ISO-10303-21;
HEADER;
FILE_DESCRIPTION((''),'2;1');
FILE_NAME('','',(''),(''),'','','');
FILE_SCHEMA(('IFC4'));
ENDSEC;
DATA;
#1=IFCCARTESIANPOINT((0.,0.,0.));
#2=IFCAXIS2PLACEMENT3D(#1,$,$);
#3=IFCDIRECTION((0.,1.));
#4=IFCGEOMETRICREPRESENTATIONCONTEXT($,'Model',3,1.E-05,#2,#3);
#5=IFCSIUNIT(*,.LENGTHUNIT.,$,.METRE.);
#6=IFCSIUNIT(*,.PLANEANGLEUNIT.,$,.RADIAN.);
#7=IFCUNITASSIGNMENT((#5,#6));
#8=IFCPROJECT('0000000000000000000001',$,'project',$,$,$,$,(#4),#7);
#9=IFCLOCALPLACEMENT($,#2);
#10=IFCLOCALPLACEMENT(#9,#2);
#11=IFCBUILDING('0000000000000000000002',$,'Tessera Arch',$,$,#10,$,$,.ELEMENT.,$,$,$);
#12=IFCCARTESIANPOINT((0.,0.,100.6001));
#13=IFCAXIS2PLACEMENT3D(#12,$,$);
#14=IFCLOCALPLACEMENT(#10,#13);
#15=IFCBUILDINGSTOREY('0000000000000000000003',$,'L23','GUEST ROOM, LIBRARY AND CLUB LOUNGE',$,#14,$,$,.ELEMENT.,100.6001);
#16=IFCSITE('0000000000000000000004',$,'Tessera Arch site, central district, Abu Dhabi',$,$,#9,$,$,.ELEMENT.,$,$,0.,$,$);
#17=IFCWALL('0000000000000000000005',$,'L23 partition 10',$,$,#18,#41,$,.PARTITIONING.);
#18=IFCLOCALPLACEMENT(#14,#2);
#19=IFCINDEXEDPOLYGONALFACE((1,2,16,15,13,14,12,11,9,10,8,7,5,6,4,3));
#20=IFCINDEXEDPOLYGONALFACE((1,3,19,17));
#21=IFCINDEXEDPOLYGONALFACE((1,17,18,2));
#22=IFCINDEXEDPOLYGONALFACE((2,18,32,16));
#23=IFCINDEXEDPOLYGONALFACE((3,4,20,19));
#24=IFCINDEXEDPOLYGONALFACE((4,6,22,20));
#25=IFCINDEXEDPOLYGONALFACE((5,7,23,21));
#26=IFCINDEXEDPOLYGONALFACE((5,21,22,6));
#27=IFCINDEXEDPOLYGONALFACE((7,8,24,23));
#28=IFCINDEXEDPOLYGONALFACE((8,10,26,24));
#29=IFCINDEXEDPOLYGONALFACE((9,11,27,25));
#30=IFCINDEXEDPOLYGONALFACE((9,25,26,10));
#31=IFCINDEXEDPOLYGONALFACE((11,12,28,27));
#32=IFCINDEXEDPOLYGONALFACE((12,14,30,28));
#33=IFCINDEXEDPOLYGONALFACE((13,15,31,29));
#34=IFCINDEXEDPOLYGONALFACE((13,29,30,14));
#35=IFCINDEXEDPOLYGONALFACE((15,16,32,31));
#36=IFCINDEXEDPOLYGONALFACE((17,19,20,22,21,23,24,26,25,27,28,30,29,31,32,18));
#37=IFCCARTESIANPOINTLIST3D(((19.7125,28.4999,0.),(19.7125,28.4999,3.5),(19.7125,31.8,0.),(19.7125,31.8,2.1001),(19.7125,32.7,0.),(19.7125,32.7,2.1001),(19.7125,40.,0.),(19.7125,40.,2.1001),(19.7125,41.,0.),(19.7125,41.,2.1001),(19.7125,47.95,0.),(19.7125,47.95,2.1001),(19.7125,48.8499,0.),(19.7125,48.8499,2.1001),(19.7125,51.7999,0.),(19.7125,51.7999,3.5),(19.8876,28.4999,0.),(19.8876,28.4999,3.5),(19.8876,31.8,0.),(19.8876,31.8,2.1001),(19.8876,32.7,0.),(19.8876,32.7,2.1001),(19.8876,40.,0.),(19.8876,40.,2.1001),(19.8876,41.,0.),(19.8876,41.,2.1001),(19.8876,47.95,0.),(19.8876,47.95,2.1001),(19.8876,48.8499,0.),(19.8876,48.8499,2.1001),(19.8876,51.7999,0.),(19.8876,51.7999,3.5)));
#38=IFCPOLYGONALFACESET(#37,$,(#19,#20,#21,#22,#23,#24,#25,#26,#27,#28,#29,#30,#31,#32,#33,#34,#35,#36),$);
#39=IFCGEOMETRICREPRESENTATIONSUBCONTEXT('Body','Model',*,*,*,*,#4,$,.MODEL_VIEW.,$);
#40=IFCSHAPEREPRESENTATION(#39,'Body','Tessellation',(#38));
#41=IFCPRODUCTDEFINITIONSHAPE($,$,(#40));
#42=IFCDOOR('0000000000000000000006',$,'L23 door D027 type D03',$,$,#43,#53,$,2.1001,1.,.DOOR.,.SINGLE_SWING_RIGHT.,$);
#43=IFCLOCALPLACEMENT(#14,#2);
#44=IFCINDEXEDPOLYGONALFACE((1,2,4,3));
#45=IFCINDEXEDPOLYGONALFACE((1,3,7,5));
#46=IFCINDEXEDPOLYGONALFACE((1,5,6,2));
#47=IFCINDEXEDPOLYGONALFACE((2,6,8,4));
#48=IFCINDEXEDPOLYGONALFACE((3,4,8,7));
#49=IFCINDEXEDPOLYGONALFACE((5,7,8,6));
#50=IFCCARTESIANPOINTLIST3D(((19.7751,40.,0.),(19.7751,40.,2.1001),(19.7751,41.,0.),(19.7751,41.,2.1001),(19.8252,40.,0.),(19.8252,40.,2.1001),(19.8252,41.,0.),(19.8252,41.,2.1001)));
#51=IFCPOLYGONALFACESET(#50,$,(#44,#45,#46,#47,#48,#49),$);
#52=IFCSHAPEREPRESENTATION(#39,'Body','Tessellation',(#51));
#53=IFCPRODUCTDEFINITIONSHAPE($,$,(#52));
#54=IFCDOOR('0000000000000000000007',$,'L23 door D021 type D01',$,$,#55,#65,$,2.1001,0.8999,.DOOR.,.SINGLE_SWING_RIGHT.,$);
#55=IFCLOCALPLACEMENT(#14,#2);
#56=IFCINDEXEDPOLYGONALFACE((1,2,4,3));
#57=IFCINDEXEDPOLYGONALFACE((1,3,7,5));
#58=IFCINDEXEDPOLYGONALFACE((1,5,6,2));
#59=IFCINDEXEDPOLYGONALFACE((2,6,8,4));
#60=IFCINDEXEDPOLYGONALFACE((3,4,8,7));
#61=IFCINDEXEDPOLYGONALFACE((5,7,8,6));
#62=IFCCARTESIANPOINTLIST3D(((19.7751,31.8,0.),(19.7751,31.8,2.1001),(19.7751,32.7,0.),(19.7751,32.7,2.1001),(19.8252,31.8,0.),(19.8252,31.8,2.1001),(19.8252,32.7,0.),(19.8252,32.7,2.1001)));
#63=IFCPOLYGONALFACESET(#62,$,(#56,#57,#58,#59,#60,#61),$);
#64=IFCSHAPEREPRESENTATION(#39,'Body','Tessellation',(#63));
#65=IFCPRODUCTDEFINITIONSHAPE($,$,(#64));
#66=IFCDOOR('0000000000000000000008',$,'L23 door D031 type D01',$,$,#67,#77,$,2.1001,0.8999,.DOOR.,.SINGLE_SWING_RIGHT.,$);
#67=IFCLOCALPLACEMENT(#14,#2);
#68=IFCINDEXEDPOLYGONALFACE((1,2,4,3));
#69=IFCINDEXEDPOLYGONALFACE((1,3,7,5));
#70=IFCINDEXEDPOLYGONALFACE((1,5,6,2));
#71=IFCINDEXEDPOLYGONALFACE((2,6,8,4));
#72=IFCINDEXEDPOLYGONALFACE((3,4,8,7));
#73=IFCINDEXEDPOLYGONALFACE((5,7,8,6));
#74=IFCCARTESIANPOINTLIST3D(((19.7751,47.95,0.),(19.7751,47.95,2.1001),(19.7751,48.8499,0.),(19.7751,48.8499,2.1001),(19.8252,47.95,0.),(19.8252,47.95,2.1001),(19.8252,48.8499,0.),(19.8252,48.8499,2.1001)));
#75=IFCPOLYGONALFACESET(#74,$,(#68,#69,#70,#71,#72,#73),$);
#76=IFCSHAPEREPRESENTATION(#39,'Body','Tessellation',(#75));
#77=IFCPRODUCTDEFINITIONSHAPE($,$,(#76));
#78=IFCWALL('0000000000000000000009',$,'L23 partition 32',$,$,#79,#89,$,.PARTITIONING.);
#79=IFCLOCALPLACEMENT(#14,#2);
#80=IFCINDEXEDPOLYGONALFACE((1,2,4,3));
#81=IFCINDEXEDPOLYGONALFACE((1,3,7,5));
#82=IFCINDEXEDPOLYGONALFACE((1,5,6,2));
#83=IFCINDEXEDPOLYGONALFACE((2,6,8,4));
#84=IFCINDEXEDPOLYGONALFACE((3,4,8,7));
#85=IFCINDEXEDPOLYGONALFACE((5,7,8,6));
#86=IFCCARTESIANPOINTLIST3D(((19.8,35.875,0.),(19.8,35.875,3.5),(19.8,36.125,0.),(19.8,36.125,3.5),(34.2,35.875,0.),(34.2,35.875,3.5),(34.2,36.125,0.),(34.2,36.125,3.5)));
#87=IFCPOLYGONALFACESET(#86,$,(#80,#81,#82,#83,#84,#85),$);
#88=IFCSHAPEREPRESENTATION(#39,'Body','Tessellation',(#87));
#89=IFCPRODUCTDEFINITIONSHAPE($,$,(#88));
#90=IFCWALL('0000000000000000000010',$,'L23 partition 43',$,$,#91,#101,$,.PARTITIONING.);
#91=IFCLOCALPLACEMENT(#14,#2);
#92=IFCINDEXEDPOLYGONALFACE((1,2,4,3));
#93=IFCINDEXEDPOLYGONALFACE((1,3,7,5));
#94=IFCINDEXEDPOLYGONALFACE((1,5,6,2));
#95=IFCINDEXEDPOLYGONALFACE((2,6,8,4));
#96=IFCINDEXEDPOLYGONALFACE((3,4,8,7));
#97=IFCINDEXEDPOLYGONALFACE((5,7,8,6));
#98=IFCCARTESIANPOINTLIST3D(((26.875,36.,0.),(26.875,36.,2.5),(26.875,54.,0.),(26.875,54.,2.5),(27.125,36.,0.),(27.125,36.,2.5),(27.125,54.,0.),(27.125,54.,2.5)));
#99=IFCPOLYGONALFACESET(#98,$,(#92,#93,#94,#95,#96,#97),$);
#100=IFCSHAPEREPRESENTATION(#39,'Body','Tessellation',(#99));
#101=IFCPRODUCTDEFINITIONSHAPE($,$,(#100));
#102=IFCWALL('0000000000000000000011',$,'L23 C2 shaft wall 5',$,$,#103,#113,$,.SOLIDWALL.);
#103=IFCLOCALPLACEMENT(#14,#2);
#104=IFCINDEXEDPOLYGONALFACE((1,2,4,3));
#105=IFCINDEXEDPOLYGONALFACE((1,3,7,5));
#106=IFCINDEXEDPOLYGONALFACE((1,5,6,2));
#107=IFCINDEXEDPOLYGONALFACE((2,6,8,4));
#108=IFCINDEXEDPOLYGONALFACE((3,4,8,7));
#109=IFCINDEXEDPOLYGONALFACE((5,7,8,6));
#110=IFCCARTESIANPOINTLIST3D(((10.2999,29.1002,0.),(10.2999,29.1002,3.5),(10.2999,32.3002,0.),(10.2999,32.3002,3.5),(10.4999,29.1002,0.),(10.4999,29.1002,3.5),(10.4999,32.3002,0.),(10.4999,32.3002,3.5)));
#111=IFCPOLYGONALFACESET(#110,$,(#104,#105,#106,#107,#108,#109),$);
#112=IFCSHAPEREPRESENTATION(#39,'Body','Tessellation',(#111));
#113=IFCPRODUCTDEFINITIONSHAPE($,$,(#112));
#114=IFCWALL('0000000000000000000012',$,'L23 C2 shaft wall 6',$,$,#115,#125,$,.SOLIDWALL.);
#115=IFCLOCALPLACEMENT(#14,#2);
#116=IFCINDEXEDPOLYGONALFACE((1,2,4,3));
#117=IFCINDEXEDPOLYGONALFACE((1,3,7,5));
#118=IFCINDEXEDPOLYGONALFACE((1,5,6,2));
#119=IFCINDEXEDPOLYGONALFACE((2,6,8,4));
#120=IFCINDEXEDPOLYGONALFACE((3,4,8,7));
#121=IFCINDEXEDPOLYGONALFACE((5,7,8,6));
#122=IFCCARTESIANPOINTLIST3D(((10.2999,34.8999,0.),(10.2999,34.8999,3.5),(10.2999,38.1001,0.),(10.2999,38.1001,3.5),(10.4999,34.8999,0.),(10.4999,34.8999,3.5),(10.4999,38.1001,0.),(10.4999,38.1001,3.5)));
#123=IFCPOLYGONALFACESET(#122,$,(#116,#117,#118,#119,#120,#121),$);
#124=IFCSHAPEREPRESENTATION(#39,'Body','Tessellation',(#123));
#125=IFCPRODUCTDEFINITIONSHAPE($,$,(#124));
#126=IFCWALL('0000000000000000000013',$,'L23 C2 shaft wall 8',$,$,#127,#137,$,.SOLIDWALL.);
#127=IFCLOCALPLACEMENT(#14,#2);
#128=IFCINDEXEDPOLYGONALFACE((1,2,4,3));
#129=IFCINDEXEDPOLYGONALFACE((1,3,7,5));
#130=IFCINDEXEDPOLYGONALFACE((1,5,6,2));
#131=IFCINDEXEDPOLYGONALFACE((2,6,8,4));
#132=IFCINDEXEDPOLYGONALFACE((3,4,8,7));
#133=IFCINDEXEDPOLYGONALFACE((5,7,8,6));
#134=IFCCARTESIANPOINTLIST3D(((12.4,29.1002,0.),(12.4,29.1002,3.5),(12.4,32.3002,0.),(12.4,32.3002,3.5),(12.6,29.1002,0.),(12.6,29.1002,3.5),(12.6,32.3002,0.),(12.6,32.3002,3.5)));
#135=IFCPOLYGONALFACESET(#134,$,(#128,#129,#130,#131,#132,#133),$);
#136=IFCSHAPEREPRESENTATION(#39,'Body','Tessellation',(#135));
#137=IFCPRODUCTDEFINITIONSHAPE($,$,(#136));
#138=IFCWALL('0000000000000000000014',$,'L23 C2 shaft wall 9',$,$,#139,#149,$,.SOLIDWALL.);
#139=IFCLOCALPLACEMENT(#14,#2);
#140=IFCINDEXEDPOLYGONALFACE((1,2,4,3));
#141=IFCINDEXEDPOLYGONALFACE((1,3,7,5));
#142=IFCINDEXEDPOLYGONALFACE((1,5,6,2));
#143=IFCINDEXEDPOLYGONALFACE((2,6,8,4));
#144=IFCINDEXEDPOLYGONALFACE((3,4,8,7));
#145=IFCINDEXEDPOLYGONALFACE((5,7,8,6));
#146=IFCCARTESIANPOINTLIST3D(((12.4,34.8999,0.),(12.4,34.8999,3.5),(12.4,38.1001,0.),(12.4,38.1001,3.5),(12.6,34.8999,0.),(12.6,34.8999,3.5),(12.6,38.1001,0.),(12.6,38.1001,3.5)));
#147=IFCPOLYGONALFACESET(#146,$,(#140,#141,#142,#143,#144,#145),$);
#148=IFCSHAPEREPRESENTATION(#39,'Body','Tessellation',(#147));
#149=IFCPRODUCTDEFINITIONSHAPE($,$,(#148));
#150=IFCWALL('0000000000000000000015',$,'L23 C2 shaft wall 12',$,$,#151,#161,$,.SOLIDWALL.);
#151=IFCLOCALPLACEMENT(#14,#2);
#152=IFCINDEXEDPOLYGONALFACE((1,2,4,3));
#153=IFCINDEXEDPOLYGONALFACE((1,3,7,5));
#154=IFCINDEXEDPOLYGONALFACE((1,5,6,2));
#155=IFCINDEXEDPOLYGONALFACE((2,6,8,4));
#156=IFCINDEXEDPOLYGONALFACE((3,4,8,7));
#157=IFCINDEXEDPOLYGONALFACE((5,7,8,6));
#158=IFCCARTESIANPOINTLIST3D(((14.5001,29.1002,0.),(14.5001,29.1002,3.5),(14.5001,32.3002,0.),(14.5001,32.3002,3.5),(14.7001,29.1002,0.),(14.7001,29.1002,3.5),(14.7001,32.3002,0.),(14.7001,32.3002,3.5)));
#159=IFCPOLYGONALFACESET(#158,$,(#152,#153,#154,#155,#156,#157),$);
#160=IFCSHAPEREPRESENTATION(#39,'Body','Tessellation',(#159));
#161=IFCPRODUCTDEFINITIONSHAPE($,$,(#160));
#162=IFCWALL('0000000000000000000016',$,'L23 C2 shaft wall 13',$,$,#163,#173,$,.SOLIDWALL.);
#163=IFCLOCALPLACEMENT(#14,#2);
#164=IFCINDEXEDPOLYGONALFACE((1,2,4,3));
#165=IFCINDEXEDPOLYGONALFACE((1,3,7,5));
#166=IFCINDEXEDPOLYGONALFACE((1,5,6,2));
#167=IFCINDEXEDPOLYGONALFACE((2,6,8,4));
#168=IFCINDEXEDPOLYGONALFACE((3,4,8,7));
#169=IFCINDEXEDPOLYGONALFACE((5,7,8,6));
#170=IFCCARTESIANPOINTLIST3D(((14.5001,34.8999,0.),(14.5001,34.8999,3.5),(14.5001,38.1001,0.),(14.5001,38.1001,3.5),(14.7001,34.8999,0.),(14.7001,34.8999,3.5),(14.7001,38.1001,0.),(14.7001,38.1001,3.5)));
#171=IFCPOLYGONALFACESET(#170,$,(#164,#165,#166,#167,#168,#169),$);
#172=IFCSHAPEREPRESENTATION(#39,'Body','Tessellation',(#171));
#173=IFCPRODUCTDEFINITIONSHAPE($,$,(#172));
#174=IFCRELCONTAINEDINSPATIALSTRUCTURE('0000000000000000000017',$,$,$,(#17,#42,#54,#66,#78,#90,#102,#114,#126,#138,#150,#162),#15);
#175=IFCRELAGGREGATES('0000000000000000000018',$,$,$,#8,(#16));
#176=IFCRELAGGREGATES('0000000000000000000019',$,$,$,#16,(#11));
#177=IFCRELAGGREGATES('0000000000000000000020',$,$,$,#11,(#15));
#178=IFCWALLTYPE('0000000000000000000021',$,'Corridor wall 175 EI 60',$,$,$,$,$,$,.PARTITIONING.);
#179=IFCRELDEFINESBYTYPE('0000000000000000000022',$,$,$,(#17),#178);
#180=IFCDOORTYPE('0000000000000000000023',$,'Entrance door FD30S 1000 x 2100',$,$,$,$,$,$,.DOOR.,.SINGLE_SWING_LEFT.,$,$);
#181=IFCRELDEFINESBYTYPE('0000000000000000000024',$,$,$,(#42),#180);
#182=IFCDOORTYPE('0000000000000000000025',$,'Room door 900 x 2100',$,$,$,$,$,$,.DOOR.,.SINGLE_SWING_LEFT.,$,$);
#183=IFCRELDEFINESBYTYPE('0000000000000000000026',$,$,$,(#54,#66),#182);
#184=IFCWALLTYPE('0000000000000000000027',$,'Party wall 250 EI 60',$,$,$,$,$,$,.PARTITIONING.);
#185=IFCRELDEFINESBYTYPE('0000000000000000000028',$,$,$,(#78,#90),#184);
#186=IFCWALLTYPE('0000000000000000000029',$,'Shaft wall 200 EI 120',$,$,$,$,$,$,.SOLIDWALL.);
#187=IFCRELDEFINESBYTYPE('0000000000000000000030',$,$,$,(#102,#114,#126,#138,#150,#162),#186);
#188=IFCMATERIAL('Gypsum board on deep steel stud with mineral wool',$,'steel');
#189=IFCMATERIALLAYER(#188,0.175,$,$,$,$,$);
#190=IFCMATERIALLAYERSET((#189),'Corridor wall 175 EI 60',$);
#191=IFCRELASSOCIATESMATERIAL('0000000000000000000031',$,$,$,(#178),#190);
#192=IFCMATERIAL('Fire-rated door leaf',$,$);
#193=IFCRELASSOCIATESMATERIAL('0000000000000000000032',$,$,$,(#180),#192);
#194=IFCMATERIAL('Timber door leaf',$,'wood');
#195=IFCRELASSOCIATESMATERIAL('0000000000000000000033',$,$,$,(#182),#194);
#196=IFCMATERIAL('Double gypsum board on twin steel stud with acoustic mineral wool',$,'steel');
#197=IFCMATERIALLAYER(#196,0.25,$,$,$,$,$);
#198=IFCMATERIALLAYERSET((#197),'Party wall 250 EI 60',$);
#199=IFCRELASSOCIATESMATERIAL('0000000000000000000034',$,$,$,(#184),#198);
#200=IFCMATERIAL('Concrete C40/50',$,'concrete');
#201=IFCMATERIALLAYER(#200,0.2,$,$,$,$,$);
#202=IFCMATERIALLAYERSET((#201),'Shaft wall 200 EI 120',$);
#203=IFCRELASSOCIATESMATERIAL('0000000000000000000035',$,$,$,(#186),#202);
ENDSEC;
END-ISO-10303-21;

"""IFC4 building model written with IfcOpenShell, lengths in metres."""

from ifc_helpers import new_model, si_unit, direction, frame, frame_2d, origin, place, context, subcontext, project, spatial, rectangle, extrude, material, layer, layer_set, type_object, element, fill, save


model = new_model("IFC4")

# Units and contexts
model_context = context("Model", 3, precision=1e-05, world=origin(), true_north=direction((0.0, 1.0)))
body_context = subcontext(model_context, "Body", "Model", "MODEL_VIEW")
ifc_project = project(units=[si_unit("LENGTHUNIT", "METRE"), si_unit("PLANEANGLEUNIT", "RADIAN")], contexts=[model_context])

# Site, building, storey
site_placement = place(None, origin())
site = spatial("IfcSite", under=ifc_project, at=site_placement, Name="Tessera Arch site, central district, Abu Dhabi", CompositionType="ELEMENT", RefElevation=0.0)
building_placement = place(site_placement, origin())
building = spatial("IfcBuilding", under=site, at=building_placement, Name="Tessera Arch", CompositionType="ELEMENT")
storey_placement = place(building_placement, frame((0.0, 0.0, 100.6001)))
storey = spatial("IfcBuildingStorey", under=building, at=storey_placement, Name="L23", Description="GUEST ROOM, LIBRARY AND CLUB LOUNGE", CompositionType="ELEMENT", Elevation=100.6001)

# Shared definitions
ifc_material_1 = material(Name="Gypsum board on deep steel stud with mineral wool", Category="steel")
ifc_layer_1 = layer(ifc_material_1, 0.175)
ifc_layer_set_1 = layer_set([ifc_layer_1], Name="Corridor wall 175 EI 60")
wall_type_1 = type_object("IfcWallType", Name="Corridor wall 175 EI 60", PredefinedType="PARTITIONING", material=ifc_layer_set_1)

# Wall, openings, doors
wall_1_placement = place(storey_placement, frame((19.8, 28.5, 0.0), z_axis=(0.0, 0.0, 1.0), x_axis=(0.0, 1.0, 0.0)))
wall_1 = element("IfcWall", 1, at=wall_1_placement, inside=storey, type_object=wall_type_1, Name="L23 partition 10", PredefinedType="PARTITIONING", context=body_context, shape_type="SweptSolid", body=[
    extrude(rectangle(XDim=23.3, YDim=0.175, at=frame_2d((11.6499, 0.0))), origin(), (0.0, 0.0, 1.0), 3.5),
])
opening_1_placement = place(wall_1_placement, frame((3.3, 0.0, 0.0)))
opening_1 = element("IfcOpeningElement", 2, at=opening_1_placement, cuts=wall_1, PredefinedType="OPENING", context=body_context, shape_type="SweptSolid", body=[
    extrude(rectangle(XDim=0.8999, YDim=2.1001, at=frame_2d((0.45, 1.05))), frame((0.0, 0.0974, 0.0), z_axis=(0.0, -1.0, 0.0), x_axis=(1.0, 0.0, 0.0)), (0.0, 0.0, 1.0), 0.1951),
])
opening_2_placement = place(wall_1_placement, frame((11.5, 0.0, 0.0)))
opening_2 = element("IfcOpeningElement", 3, at=opening_2_placement, cuts=wall_1, PredefinedType="OPENING", context=body_context, shape_type="SweptSolid", body=[
    extrude(rectangle(XDim=1.0, YDim=2.1001, at=frame_2d((0.5, 1.05))), frame((0.0, 0.0974, 0.0), z_axis=(0.0, -1.0, 0.0), x_axis=(1.0, 0.0, 0.0)), (0.0, 0.0, 1.0), 0.1951),
])
opening_3_placement = place(wall_1_placement, frame((19.45, 0.0, 0.0)))
opening_3 = element("IfcOpeningElement", 4, at=opening_3_placement, cuts=wall_1, PredefinedType="OPENING", context=body_context, shape_type="SweptSolid", body=[
    extrude(rectangle(XDim=0.8999, YDim=2.1001, at=frame_2d((0.45, 1.05))), frame((0.0, 0.0974, 0.0), z_axis=(0.0, -1.0, 0.0), x_axis=(1.0, 0.0, 0.0)), (0.0, 0.0, 1.0), 0.1951),
])
ifc_material_2 = material(Name="Fire-rated door leaf")
door_type_1 = type_object("IfcDoorType", Name="Entrance door FD30S 1000 x 2100", OperationType="SINGLE_SWING_LEFT", PredefinedType="DOOR", material=ifc_material_2)
door_1_placement = place(opening_2_placement, origin())
door_1 = element("IfcDoor", 5, at=door_1_placement, inside=storey, type_object=door_type_1, Name="L23 door D027 type D03", OperationType="SINGLE_SWING_RIGHT", OverallHeight=2.1001, OverallWidth=1.0, PredefinedType="DOOR", context=body_context, shape_type="SweptSolid", body=[
    extrude(rectangle(XDim=1.0, YDim=2.1001, at=frame_2d((0.5, 1.05))), frame((0.0, 0.0249, 0.0), z_axis=(0.0, -1.0, 0.0), x_axis=(1.0, 0.0, 0.0)), (0.0, 0.0, 1.0), 0.05),
])
fill(opening_2, door_1)
ifc_material_3 = material(Name="Timber door leaf", Category="wood")
door_type_2 = type_object("IfcDoorType", Name="Room door 900 x 2100", OperationType="SINGLE_SWING_LEFT", PredefinedType="DOOR", material=ifc_material_3)
door_2_placement = place(opening_1_placement, origin())
door_2 = element("IfcDoor", 6, at=door_2_placement, inside=storey, type_object=door_type_2, Name="L23 door D021 type D01", OperationType="SINGLE_SWING_RIGHT", OverallHeight=2.1001, OverallWidth=0.8999, PredefinedType="DOOR", context=body_context, shape_type="SweptSolid", body=[
    extrude(rectangle(XDim=0.8999, YDim=2.1001, at=frame_2d((0.45, 1.05))), frame((0.0, 0.0249, 0.0), z_axis=(0.0, -1.0, 0.0), x_axis=(1.0, 0.0, 0.0)), (0.0, 0.0, 1.0), 0.05),
])
fill(opening_1, door_2)
door_3_placement = place(opening_3_placement, origin())
door_3 = element("IfcDoor", 7, at=door_3_placement, inside=storey, type_object=door_type_2, Name="L23 door D031 type D01", OperationType="SINGLE_SWING_RIGHT", OverallHeight=2.1001, OverallWidth=0.8999, PredefinedType="DOOR", context=body_context, shape_type="SweptSolid", body=[
    extrude(rectangle(XDim=0.8999, YDim=2.1001, at=frame_2d((0.45, 1.05))), frame((0.0, 0.0249, 0.0), z_axis=(0.0, -1.0, 0.0), x_axis=(1.0, 0.0, 0.0)), (0.0, 0.0, 1.0), 0.05),
])
fill(opening_3, door_3)

# Walls
ifc_material_4 = material(Name="Double gypsum board on twin steel stud with acoustic mineral wool", Category="steel")
ifc_layer_2 = layer(ifc_material_4, 0.25)
ifc_layer_set_2 = layer_set([ifc_layer_2], Name="Party wall 250 EI 60")
wall_type_2 = type_object("IfcWallType", Name="Party wall 250 EI 60", PredefinedType="PARTITIONING", material=ifc_layer_set_2)
wall_2_placement = place(storey_placement, frame((19.8, 36.0, 0.0), z_axis=(0.0, 0.0, 1.0), x_axis=(1.0, 0.0, 0.0)))
element("IfcWall", 8, at=wall_2_placement, inside=storey, type_object=wall_type_2, Name="L23 partition 32", PredefinedType="PARTITIONING", context=body_context, shape_type="SweptSolid", body=[
    extrude(rectangle(XDim=14.3999, YDim=0.25, at=frame_2d((7.2, 0.0))), origin(), (0.0, 0.0, 1.0), 3.5),
])
wall_3_placement = place(storey_placement, frame((27.0, 36.0, 0.0), z_axis=(0.0, 0.0, 1.0), x_axis=(0.0, 1.0, 0.0)))
element("IfcWall", 9, at=wall_3_placement, inside=storey, type_object=wall_type_2, Name="L23 partition 43", PredefinedType="PARTITIONING", context=body_context, shape_type="SweptSolid", body=[
    extrude(rectangle(XDim=18.0, YDim=0.25, at=frame_2d((9.0, 0.0))), origin(), (0.0, 0.0, 1.0), 2.5),
])
ifc_material_5 = material(Name="Concrete C40/50", Category="concrete")
ifc_layer_3 = layer(ifc_material_5, 0.2)
ifc_layer_set_3 = layer_set([ifc_layer_3], Name="Shaft wall 200 EI 120")
wall_type_3 = type_object("IfcWallType", Name="Shaft wall 200 EI 120", PredefinedType="SOLIDWALL", material=ifc_layer_set_3)
wall_4_placement = place(storey_placement, frame((10.3999, 29.1001, 0.0), z_axis=(0.0, 0.0, 1.0), x_axis=(0.0, 1.0, 0.0)))
element("IfcWall", 10, at=wall_4_placement, inside=storey, type_object=wall_type_3, Name="L23 C2 shaft wall 5", PredefinedType="SOLIDWALL", context=body_context, shape_type="SweptSolid", body=[
    extrude(rectangle(XDim=3.2, YDim=0.2, at=frame_2d((1.6001, 0.0))), origin(), (0.0, 0.0, 1.0), 3.5),
])
wall_5_placement = place(storey_placement, frame((10.3999, 34.8999, 0.0), z_axis=(0.0, 0.0, 1.0), x_axis=(0.0, 1.0, 0.0)))
element("IfcWall", 11, at=wall_5_placement, inside=storey, type_object=wall_type_3, Name="L23 C2 shaft wall 6", PredefinedType="SOLIDWALL", context=body_context, shape_type="SweptSolid", body=[
    extrude(rectangle(XDim=3.2002, YDim=0.2, at=frame_2d((1.6001, 0.0))), origin(), (0.0, 0.0, 1.0), 3.5),
])
wall_6_placement = place(storey_placement, frame((12.5, 29.1001, 0.0), z_axis=(0.0, 0.0, 1.0), x_axis=(0.0, 1.0, 0.0)))
element("IfcWall", 12, at=wall_6_placement, inside=storey, type_object=wall_type_3, Name="L23 C2 shaft wall 8", PredefinedType="SOLIDWALL", context=body_context, shape_type="SweptSolid", body=[
    extrude(rectangle(XDim=3.2, YDim=0.2, at=frame_2d((1.6001, 0.0))), origin(), (0.0, 0.0, 1.0), 3.5),
])
wall_7_placement = place(storey_placement, frame((12.5, 34.8999, 0.0), z_axis=(0.0, 0.0, 1.0), x_axis=(0.0, 1.0, 0.0)))
element("IfcWall", 13, at=wall_7_placement, inside=storey, type_object=wall_type_3, Name="L23 C2 shaft wall 9", PredefinedType="SOLIDWALL", context=body_context, shape_type="SweptSolid", body=[
    extrude(rectangle(XDim=3.2002, YDim=0.2, at=frame_2d((1.6001, 0.0))), origin(), (0.0, 0.0, 1.0), 3.5),
])
wall_8_placement = place(storey_placement, frame((14.6001, 29.1001, 0.0), z_axis=(0.0, 0.0, 1.0), x_axis=(0.0, 1.0, 0.0)))
element("IfcWall", 14, at=wall_8_placement, inside=storey, type_object=wall_type_3, Name="L23 C2 shaft wall 12", PredefinedType="SOLIDWALL", context=body_context, shape_type="SweptSolid", body=[
    extrude(rectangle(XDim=3.2, YDim=0.2, at=frame_2d((1.6001, 0.0))), origin(), (0.0, 0.0, 1.0), 3.5),
])
wall_9_placement = place(storey_placement, frame((14.6001, 34.8999, 0.0), z_axis=(0.0, 0.0, 1.0), x_axis=(0.0, 1.0, 0.0)))
element("IfcWall", 15, at=wall_9_placement, inside=storey, type_object=wall_type_3, Name="L23 C2 shaft wall 13", PredefinedType="SOLIDWALL", context=body_context, shape_type="SweptSolid", body=[
    extrude(rectangle(XDim=3.2002, YDim=0.2, at=frame_2d((1.6001, 0.0))), origin(), (0.0, 0.0, 1.0), 3.5),
])

save(model, "model.ifc")
